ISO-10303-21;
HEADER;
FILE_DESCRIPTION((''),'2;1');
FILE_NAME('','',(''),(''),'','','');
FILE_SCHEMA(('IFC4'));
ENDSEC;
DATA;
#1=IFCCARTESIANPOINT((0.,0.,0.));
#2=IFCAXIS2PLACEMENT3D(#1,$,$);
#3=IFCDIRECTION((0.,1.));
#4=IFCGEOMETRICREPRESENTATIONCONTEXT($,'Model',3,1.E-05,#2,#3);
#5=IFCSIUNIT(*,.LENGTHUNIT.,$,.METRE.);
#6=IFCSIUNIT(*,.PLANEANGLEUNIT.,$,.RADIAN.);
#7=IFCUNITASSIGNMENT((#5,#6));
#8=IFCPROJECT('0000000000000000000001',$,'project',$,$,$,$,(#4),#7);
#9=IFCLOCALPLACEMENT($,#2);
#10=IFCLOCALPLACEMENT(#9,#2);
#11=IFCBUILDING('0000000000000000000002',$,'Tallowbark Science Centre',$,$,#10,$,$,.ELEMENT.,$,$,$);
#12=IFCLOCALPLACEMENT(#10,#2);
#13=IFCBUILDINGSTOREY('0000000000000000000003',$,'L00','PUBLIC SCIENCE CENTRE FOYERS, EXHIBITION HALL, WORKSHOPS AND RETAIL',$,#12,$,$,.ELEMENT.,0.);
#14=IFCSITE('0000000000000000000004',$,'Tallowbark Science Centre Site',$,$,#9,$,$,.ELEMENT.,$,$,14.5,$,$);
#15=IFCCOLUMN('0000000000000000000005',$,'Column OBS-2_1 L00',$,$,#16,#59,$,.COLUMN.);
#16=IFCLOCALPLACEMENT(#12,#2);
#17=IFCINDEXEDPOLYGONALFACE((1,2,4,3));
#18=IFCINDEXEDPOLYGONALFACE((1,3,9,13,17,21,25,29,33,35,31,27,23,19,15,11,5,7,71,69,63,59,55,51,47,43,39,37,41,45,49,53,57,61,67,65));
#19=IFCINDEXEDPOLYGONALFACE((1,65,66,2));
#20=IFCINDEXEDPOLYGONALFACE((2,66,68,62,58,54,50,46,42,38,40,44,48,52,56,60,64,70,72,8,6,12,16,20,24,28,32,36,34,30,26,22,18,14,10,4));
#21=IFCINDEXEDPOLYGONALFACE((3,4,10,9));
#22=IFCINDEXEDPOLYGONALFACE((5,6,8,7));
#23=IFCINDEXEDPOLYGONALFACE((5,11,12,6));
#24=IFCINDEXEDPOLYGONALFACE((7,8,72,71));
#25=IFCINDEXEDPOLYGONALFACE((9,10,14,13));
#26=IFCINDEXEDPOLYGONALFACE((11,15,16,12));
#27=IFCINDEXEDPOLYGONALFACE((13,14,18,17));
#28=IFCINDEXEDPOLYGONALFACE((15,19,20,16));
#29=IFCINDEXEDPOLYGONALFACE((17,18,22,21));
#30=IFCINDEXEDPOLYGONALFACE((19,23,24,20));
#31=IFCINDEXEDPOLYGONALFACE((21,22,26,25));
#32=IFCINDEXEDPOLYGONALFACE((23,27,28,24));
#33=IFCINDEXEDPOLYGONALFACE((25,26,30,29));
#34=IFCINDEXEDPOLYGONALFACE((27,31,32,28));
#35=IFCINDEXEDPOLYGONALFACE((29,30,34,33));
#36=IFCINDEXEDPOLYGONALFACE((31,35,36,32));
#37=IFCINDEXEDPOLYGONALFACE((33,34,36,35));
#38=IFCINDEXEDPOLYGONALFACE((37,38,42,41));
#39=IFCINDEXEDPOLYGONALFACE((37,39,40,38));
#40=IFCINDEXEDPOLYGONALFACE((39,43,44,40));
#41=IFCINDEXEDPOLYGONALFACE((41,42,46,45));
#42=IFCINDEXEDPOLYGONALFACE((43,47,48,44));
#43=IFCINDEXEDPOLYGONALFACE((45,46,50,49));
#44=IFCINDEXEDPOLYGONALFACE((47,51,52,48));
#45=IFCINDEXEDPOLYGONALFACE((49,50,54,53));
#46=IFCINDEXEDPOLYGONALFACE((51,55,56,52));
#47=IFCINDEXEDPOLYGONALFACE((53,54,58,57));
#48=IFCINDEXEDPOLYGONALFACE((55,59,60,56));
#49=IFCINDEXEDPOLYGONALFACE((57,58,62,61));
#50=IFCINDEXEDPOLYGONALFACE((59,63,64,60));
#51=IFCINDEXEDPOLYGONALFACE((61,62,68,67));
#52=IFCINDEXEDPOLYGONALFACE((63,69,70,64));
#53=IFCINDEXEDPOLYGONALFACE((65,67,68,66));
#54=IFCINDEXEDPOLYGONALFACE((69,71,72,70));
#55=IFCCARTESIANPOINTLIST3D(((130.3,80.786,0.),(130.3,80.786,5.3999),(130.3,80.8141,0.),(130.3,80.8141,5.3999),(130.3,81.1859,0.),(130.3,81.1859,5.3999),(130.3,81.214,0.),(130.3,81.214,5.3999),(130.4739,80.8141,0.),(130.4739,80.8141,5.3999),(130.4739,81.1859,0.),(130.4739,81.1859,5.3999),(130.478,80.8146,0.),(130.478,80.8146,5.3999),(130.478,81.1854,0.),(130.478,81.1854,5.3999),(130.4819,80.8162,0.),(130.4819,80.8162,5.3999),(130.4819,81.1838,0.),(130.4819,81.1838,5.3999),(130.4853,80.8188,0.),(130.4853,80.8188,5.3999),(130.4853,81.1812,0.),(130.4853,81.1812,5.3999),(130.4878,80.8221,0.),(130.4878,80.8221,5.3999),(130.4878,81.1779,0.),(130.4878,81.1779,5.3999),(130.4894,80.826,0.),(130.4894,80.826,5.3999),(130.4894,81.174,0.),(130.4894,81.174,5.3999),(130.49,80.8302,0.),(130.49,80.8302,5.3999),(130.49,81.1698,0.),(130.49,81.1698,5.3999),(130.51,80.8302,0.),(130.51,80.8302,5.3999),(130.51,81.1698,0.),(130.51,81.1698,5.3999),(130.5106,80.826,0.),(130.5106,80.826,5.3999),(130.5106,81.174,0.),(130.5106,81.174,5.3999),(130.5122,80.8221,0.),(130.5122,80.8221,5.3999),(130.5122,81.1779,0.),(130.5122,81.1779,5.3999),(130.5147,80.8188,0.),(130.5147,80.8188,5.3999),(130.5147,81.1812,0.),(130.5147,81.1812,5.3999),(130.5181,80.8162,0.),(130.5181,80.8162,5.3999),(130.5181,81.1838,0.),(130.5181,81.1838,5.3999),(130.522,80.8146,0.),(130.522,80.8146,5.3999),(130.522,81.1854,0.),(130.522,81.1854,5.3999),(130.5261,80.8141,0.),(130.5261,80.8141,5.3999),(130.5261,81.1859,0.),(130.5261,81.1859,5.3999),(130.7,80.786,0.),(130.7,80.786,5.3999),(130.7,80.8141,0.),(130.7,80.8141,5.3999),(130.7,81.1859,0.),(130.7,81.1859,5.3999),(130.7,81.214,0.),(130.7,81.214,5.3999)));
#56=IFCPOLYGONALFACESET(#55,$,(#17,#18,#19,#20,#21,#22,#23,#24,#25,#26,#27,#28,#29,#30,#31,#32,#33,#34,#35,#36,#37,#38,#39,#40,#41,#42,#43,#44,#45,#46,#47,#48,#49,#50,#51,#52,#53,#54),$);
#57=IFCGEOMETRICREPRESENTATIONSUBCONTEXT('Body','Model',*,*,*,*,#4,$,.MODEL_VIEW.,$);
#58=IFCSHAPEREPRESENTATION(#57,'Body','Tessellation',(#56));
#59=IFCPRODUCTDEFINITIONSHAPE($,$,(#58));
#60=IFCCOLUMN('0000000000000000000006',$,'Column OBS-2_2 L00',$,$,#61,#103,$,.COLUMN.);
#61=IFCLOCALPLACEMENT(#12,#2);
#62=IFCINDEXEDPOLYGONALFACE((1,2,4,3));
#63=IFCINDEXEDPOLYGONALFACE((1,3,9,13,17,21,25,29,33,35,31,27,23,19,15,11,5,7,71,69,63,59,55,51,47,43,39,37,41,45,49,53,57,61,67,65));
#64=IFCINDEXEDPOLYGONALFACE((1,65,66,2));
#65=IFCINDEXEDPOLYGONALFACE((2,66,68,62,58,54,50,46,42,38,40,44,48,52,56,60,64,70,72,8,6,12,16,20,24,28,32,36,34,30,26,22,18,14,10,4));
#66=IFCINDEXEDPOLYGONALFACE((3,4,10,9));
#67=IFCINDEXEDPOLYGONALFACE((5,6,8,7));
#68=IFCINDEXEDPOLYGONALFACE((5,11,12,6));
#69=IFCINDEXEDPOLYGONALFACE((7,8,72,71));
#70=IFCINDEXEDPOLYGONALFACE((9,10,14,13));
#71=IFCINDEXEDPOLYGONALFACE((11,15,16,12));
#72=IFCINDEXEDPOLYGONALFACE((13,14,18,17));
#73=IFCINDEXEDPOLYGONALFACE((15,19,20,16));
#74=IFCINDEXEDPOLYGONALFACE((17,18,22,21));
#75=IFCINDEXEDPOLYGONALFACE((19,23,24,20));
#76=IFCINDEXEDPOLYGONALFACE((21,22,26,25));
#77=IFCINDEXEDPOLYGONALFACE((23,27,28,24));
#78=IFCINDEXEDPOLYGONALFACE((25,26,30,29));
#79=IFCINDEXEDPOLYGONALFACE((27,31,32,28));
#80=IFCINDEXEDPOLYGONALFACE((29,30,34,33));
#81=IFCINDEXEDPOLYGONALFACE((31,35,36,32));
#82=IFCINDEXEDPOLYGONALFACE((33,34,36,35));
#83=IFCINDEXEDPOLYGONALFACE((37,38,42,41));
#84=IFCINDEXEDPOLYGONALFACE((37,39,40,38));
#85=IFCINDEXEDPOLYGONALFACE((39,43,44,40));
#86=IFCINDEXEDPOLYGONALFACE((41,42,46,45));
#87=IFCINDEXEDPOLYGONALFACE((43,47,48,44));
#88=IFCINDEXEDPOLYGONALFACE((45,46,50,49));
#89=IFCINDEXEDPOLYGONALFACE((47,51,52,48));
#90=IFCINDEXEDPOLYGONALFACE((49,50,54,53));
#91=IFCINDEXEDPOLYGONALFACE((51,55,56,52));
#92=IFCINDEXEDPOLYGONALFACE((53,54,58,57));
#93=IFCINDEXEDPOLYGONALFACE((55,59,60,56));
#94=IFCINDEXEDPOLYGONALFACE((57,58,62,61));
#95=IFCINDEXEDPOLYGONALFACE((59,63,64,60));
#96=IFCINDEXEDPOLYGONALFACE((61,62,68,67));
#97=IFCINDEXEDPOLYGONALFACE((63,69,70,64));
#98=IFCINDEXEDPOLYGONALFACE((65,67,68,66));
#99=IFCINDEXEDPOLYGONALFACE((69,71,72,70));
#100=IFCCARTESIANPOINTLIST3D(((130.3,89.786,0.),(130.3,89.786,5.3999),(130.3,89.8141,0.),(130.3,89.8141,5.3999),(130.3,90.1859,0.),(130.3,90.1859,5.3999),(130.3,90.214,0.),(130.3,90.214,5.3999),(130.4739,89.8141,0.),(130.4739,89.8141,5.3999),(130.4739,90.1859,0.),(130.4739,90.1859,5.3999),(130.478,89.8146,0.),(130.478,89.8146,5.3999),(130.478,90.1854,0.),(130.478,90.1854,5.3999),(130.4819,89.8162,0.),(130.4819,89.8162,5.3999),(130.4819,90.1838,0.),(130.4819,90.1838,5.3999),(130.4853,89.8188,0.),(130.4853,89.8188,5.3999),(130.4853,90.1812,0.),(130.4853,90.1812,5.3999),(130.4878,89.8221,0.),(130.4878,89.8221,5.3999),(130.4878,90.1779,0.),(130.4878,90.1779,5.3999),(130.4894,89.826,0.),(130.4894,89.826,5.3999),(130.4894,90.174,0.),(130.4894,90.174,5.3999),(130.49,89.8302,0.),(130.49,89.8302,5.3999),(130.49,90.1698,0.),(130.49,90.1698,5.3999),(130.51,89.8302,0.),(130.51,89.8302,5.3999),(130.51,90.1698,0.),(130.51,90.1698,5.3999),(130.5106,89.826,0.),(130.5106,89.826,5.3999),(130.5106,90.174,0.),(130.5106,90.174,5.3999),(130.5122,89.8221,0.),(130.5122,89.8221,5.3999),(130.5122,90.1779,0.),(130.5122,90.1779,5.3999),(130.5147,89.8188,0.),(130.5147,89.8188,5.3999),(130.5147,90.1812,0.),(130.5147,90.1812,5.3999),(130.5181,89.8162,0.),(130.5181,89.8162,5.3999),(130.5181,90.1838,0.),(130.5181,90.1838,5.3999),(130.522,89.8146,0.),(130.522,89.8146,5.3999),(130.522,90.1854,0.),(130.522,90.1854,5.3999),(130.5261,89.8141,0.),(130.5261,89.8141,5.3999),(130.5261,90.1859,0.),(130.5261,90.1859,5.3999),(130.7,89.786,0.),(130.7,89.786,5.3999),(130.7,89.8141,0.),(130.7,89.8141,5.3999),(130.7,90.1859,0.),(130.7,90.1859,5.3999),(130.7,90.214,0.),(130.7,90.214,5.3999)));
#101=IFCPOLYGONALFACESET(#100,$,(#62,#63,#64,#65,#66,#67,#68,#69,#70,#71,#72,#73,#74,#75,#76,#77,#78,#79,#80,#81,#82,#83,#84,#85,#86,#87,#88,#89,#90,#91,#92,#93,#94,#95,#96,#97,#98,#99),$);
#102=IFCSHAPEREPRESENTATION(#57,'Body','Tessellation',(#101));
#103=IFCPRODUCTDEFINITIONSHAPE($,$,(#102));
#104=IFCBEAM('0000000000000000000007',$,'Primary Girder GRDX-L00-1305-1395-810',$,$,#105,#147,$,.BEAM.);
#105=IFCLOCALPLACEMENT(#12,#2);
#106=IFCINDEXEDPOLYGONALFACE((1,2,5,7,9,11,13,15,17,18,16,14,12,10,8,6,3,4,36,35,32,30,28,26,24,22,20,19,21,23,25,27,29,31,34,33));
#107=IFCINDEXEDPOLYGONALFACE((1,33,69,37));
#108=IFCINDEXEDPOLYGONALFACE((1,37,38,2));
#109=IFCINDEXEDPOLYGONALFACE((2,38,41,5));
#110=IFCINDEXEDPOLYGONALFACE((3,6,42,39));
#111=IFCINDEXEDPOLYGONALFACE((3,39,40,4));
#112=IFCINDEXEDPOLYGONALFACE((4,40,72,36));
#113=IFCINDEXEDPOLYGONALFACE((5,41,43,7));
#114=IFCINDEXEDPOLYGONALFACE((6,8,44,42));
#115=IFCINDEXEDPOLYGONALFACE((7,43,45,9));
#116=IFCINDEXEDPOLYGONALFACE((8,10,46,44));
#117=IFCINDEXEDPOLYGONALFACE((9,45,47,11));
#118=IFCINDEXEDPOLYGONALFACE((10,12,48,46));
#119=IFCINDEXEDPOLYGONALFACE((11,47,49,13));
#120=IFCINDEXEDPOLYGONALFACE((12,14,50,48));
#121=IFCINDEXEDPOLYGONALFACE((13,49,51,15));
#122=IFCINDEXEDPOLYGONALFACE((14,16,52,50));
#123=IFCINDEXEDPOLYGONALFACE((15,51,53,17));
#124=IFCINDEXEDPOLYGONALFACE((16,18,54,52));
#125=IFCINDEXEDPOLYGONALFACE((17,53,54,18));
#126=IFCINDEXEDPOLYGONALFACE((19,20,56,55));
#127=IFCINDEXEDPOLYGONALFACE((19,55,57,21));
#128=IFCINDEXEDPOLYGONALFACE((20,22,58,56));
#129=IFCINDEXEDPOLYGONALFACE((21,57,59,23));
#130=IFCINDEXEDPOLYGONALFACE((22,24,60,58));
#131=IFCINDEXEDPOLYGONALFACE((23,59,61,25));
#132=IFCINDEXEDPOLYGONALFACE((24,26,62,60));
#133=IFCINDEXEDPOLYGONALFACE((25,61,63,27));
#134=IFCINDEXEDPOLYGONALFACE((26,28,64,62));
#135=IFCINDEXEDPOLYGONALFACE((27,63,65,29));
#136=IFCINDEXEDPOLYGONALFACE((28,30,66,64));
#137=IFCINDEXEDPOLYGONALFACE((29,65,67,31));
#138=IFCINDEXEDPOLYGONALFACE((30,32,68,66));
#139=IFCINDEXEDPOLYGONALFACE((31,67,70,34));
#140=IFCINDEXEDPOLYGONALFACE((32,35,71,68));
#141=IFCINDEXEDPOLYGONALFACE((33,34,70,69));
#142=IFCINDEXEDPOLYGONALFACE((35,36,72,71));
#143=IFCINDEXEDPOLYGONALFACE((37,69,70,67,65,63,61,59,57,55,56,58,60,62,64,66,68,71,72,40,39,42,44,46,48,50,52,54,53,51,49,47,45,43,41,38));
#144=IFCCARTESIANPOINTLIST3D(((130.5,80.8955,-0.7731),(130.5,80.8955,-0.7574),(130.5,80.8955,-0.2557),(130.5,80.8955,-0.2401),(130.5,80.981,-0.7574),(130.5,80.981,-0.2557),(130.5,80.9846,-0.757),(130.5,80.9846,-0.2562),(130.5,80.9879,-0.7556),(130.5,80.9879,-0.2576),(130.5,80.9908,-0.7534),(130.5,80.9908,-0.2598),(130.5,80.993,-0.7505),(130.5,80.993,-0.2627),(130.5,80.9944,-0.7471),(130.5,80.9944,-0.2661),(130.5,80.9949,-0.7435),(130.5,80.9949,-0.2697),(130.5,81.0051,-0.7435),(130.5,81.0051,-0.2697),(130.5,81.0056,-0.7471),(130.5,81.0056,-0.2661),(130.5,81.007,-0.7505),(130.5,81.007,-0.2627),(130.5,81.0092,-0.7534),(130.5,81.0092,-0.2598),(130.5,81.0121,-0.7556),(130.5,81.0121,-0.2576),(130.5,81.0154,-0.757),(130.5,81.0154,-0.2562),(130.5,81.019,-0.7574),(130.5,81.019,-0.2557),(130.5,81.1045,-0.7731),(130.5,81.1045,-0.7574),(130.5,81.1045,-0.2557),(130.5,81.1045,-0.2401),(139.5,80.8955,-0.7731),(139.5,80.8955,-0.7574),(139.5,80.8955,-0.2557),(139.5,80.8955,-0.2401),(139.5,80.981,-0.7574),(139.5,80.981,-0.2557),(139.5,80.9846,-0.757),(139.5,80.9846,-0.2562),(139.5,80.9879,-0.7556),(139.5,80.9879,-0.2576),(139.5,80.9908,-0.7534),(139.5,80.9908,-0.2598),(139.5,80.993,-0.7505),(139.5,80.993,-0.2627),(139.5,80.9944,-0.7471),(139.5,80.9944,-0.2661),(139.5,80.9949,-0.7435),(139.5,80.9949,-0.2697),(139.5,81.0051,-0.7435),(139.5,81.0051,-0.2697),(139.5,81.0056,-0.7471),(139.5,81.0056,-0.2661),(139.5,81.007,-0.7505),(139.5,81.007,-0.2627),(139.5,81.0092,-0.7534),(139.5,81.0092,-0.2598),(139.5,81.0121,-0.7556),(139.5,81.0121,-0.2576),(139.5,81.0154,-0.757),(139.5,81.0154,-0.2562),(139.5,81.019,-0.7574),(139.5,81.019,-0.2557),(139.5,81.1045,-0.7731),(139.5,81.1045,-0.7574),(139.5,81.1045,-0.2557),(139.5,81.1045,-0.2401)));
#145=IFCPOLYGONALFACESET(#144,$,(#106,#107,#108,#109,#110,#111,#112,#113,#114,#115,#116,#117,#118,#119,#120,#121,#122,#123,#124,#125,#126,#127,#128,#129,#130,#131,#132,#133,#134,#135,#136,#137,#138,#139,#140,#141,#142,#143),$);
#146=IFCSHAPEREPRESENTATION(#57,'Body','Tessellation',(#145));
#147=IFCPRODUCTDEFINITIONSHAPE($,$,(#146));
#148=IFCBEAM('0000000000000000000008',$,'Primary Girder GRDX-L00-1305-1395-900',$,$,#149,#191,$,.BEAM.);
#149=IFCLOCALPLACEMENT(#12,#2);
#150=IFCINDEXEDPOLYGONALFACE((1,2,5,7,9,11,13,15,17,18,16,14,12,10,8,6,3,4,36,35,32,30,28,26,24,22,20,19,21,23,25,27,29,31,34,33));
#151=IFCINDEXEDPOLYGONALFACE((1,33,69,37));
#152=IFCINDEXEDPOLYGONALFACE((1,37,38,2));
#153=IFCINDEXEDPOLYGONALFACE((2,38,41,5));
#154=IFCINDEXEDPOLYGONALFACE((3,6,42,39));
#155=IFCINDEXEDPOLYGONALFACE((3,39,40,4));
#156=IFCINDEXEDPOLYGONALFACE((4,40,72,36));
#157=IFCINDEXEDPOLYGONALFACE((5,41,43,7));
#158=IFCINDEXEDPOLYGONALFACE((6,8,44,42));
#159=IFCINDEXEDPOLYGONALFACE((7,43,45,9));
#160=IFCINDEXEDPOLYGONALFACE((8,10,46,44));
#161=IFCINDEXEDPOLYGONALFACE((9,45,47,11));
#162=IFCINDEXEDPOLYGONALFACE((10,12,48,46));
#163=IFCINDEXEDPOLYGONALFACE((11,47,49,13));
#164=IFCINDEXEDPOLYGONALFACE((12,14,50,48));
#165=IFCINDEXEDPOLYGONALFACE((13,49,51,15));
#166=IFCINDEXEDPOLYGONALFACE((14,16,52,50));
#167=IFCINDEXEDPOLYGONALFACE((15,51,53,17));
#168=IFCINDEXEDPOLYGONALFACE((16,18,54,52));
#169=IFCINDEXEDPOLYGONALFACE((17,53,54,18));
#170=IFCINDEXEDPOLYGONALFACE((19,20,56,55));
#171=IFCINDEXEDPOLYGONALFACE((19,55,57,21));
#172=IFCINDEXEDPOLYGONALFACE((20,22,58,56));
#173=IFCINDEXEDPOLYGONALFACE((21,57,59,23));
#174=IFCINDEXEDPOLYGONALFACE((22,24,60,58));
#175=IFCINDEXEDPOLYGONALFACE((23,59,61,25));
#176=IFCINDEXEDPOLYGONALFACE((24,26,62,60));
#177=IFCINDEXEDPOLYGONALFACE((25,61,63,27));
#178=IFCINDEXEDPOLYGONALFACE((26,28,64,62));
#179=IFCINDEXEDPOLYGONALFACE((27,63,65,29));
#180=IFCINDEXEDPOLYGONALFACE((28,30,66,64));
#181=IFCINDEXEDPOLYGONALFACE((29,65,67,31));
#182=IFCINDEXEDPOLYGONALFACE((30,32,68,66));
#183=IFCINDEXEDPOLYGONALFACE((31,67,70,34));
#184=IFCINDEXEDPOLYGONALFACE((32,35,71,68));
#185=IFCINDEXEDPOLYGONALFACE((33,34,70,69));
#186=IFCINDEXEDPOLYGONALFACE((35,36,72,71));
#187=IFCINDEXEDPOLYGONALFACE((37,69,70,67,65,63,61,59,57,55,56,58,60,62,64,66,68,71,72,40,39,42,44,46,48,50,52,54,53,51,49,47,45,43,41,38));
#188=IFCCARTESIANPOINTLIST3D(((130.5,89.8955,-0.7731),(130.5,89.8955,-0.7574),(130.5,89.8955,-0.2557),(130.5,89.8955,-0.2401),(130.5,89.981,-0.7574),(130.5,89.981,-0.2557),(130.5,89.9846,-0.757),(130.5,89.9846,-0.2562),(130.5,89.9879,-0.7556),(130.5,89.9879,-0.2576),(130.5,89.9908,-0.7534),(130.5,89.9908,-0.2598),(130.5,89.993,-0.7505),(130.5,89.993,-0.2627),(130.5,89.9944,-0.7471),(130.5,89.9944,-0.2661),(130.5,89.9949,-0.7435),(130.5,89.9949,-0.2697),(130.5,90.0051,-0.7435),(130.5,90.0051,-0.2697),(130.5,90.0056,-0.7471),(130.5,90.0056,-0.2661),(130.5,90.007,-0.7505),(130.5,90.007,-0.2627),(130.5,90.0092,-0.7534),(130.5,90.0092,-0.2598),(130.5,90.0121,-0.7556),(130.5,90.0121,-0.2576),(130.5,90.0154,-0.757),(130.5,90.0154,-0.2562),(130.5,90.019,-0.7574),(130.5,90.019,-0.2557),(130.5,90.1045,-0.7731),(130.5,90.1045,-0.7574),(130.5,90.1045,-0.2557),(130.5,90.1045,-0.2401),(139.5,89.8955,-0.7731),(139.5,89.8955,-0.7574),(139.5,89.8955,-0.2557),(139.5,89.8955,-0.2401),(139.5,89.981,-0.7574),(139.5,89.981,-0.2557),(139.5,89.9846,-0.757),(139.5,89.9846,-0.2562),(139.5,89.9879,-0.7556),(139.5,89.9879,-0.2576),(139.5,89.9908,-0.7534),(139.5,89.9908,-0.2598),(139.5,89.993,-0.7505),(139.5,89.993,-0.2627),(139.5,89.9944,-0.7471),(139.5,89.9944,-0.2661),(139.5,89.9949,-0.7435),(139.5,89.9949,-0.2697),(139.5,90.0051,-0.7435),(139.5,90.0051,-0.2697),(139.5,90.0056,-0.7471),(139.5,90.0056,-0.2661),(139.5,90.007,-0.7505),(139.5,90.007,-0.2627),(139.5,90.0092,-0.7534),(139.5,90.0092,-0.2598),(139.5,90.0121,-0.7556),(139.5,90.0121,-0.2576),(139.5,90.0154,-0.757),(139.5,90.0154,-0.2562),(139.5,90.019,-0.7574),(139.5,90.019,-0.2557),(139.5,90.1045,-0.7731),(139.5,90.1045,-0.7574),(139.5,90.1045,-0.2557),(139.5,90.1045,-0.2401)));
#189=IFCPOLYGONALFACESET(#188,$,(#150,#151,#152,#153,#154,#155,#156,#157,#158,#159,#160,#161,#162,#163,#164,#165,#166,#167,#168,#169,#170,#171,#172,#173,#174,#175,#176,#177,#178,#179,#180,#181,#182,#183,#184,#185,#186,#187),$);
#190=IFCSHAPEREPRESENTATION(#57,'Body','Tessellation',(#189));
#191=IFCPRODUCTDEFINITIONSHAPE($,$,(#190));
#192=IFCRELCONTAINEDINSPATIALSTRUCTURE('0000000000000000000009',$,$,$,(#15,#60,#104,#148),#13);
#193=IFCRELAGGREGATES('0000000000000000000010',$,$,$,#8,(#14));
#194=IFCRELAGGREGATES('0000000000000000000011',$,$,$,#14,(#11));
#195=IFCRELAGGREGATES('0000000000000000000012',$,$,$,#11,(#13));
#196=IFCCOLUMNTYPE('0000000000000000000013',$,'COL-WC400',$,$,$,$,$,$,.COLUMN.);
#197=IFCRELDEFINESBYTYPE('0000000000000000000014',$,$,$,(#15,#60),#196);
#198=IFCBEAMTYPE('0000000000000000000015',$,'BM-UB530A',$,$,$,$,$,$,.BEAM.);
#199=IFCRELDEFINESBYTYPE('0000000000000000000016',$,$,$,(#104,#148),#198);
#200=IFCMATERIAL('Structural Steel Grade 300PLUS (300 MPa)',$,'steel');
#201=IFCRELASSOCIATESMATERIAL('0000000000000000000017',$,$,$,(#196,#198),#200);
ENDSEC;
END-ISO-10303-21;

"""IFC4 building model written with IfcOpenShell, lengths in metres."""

from ifc_helpers import new_model, si_unit, direction, frame, origin, origin_2d, place, context, subcontext, project, spatial, i_section, extrude, material, material_profile, profile_set, type_object, element, save


model = new_model("IFC4")

# Units and contexts
model_context = context("Model", 3, precision=1e-05, world=origin(), true_north=direction((0.0, 1.0)))
body_context = subcontext(model_context, "Body", "Model", "MODEL_VIEW")
ifc_project = project(units=[si_unit("LENGTHUNIT", "METRE"), si_unit("PLANEANGLEUNIT", "RADIAN")], contexts=[model_context])

# Site, building, storey
site_placement = place(None, origin())
site = spatial("IfcSite", under=ifc_project, at=site_placement, Name="Tallowbark Science Centre Site", CompositionType="ELEMENT", RefElevation=14.5)
building_placement = place(site_placement, origin())
building = spatial("IfcBuilding", under=site, at=building_placement, Name="Tallowbark Science Centre", CompositionType="ELEMENT")
storey_placement = place(building_placement, origin())
storey = spatial("IfcBuildingStorey", under=building, at=storey_placement, Name="L00", Description="PUBLIC SCIENCE CENTRE FOYERS, EXHIBITION HALL, WORKSHOPS AND RETAIL", CompositionType="ELEMENT", Elevation=0.0)

# Columns
ifc_material_1 = material(Name="Structural Steel Grade 300PLUS (300 MPa)", Category="steel")
ifc_material_profile_1 = material_profile(ifc_material_1, i_section(OverallWidth=0.3999, OverallDepth=0.428, WebThickness=0.02, FlangeThickness=0.0281, FilletRadius=0.0161, at=origin_2d()), Name="400WC270")
ifc_profile_set_1 = profile_set([ifc_material_profile_1], Name="Structural Steel Grade 300PLUS (300 MPa)")
column_type = type_object("IfcColumnType", Name="COL-WC400", PredefinedType="COLUMN", material=ifc_profile_set_1)
for number, where, z_axis, x_axis, name in (
    (1, (130.5, 81.0, 0.0), (0.0, 0.0, 1.0), (1.0, 0.0, 0.0), "Column OBS-2_1 L00"),
    (2, (130.5, 90.0, 0.0), (0.0, 0.0, 1.0), (1.0, 0.0, 0.0), "Column OBS-2_2 L00"),
):
    element("IfcColumn", number, at=place(storey_placement, frame(where, z_axis=z_axis, x_axis=x_axis)), inside=storey, type_object=column_type, Name=name, PredefinedType="COLUMN", context=body_context, shape_type="SweptSolid", body=[
        extrude(i_section(OverallWidth=0.3999, OverallDepth=0.428, WebThickness=0.02, FlangeThickness=0.0281, FilletRadius=0.0161, at=origin_2d()), origin(), (0.0, 0.0, 1.0), 5.3999),
    ])

# Beams
ifc_material_profile_2 = material_profile(ifc_material_1, i_section(OverallWidth=0.209, OverallDepth=0.533, WebThickness=0.0103, FlangeThickness=0.0156, FilletRadius=0.0139, at=origin_2d()), Name="530UB92.4")
ifc_profile_set_2 = profile_set([ifc_material_profile_2], Name="Structural Steel Grade 300PLUS (300 MPa)")
beam_type_1 = type_object("IfcBeamType", Name="BM-UB530A", PredefinedType="BEAM", material=ifc_profile_set_2)
for number, where, z_axis, x_axis, name in (
    (3, (130.5, 81.0, -0.5066), (1.0, 0.0, 0.0), (0.0, 1.0, 0.0), "Primary Girder GRDX-L00-1305-1395-810"),
    (4, (130.5, 90.0, -0.5066), (1.0, 0.0, 0.0), (0.0, 1.0, 0.0), "Primary Girder GRDX-L00-1305-1395-900"),
):
    element("IfcBeam", number, at=place(storey_placement, frame(where, z_axis=z_axis, x_axis=x_axis)), inside=storey, type_object=beam_type_1, Name=name, PredefinedType="BEAM", context=body_context, shape_type="SweptSolid", body=[
        extrude(i_section(OverallWidth=0.209, OverallDepth=0.533, WebThickness=0.0103, FlangeThickness=0.0156, FilletRadius=0.0139, at=origin_2d()), origin(), (0.0, 0.0, 1.0), 9.0),
    ])

save(model, "model.ifc")
